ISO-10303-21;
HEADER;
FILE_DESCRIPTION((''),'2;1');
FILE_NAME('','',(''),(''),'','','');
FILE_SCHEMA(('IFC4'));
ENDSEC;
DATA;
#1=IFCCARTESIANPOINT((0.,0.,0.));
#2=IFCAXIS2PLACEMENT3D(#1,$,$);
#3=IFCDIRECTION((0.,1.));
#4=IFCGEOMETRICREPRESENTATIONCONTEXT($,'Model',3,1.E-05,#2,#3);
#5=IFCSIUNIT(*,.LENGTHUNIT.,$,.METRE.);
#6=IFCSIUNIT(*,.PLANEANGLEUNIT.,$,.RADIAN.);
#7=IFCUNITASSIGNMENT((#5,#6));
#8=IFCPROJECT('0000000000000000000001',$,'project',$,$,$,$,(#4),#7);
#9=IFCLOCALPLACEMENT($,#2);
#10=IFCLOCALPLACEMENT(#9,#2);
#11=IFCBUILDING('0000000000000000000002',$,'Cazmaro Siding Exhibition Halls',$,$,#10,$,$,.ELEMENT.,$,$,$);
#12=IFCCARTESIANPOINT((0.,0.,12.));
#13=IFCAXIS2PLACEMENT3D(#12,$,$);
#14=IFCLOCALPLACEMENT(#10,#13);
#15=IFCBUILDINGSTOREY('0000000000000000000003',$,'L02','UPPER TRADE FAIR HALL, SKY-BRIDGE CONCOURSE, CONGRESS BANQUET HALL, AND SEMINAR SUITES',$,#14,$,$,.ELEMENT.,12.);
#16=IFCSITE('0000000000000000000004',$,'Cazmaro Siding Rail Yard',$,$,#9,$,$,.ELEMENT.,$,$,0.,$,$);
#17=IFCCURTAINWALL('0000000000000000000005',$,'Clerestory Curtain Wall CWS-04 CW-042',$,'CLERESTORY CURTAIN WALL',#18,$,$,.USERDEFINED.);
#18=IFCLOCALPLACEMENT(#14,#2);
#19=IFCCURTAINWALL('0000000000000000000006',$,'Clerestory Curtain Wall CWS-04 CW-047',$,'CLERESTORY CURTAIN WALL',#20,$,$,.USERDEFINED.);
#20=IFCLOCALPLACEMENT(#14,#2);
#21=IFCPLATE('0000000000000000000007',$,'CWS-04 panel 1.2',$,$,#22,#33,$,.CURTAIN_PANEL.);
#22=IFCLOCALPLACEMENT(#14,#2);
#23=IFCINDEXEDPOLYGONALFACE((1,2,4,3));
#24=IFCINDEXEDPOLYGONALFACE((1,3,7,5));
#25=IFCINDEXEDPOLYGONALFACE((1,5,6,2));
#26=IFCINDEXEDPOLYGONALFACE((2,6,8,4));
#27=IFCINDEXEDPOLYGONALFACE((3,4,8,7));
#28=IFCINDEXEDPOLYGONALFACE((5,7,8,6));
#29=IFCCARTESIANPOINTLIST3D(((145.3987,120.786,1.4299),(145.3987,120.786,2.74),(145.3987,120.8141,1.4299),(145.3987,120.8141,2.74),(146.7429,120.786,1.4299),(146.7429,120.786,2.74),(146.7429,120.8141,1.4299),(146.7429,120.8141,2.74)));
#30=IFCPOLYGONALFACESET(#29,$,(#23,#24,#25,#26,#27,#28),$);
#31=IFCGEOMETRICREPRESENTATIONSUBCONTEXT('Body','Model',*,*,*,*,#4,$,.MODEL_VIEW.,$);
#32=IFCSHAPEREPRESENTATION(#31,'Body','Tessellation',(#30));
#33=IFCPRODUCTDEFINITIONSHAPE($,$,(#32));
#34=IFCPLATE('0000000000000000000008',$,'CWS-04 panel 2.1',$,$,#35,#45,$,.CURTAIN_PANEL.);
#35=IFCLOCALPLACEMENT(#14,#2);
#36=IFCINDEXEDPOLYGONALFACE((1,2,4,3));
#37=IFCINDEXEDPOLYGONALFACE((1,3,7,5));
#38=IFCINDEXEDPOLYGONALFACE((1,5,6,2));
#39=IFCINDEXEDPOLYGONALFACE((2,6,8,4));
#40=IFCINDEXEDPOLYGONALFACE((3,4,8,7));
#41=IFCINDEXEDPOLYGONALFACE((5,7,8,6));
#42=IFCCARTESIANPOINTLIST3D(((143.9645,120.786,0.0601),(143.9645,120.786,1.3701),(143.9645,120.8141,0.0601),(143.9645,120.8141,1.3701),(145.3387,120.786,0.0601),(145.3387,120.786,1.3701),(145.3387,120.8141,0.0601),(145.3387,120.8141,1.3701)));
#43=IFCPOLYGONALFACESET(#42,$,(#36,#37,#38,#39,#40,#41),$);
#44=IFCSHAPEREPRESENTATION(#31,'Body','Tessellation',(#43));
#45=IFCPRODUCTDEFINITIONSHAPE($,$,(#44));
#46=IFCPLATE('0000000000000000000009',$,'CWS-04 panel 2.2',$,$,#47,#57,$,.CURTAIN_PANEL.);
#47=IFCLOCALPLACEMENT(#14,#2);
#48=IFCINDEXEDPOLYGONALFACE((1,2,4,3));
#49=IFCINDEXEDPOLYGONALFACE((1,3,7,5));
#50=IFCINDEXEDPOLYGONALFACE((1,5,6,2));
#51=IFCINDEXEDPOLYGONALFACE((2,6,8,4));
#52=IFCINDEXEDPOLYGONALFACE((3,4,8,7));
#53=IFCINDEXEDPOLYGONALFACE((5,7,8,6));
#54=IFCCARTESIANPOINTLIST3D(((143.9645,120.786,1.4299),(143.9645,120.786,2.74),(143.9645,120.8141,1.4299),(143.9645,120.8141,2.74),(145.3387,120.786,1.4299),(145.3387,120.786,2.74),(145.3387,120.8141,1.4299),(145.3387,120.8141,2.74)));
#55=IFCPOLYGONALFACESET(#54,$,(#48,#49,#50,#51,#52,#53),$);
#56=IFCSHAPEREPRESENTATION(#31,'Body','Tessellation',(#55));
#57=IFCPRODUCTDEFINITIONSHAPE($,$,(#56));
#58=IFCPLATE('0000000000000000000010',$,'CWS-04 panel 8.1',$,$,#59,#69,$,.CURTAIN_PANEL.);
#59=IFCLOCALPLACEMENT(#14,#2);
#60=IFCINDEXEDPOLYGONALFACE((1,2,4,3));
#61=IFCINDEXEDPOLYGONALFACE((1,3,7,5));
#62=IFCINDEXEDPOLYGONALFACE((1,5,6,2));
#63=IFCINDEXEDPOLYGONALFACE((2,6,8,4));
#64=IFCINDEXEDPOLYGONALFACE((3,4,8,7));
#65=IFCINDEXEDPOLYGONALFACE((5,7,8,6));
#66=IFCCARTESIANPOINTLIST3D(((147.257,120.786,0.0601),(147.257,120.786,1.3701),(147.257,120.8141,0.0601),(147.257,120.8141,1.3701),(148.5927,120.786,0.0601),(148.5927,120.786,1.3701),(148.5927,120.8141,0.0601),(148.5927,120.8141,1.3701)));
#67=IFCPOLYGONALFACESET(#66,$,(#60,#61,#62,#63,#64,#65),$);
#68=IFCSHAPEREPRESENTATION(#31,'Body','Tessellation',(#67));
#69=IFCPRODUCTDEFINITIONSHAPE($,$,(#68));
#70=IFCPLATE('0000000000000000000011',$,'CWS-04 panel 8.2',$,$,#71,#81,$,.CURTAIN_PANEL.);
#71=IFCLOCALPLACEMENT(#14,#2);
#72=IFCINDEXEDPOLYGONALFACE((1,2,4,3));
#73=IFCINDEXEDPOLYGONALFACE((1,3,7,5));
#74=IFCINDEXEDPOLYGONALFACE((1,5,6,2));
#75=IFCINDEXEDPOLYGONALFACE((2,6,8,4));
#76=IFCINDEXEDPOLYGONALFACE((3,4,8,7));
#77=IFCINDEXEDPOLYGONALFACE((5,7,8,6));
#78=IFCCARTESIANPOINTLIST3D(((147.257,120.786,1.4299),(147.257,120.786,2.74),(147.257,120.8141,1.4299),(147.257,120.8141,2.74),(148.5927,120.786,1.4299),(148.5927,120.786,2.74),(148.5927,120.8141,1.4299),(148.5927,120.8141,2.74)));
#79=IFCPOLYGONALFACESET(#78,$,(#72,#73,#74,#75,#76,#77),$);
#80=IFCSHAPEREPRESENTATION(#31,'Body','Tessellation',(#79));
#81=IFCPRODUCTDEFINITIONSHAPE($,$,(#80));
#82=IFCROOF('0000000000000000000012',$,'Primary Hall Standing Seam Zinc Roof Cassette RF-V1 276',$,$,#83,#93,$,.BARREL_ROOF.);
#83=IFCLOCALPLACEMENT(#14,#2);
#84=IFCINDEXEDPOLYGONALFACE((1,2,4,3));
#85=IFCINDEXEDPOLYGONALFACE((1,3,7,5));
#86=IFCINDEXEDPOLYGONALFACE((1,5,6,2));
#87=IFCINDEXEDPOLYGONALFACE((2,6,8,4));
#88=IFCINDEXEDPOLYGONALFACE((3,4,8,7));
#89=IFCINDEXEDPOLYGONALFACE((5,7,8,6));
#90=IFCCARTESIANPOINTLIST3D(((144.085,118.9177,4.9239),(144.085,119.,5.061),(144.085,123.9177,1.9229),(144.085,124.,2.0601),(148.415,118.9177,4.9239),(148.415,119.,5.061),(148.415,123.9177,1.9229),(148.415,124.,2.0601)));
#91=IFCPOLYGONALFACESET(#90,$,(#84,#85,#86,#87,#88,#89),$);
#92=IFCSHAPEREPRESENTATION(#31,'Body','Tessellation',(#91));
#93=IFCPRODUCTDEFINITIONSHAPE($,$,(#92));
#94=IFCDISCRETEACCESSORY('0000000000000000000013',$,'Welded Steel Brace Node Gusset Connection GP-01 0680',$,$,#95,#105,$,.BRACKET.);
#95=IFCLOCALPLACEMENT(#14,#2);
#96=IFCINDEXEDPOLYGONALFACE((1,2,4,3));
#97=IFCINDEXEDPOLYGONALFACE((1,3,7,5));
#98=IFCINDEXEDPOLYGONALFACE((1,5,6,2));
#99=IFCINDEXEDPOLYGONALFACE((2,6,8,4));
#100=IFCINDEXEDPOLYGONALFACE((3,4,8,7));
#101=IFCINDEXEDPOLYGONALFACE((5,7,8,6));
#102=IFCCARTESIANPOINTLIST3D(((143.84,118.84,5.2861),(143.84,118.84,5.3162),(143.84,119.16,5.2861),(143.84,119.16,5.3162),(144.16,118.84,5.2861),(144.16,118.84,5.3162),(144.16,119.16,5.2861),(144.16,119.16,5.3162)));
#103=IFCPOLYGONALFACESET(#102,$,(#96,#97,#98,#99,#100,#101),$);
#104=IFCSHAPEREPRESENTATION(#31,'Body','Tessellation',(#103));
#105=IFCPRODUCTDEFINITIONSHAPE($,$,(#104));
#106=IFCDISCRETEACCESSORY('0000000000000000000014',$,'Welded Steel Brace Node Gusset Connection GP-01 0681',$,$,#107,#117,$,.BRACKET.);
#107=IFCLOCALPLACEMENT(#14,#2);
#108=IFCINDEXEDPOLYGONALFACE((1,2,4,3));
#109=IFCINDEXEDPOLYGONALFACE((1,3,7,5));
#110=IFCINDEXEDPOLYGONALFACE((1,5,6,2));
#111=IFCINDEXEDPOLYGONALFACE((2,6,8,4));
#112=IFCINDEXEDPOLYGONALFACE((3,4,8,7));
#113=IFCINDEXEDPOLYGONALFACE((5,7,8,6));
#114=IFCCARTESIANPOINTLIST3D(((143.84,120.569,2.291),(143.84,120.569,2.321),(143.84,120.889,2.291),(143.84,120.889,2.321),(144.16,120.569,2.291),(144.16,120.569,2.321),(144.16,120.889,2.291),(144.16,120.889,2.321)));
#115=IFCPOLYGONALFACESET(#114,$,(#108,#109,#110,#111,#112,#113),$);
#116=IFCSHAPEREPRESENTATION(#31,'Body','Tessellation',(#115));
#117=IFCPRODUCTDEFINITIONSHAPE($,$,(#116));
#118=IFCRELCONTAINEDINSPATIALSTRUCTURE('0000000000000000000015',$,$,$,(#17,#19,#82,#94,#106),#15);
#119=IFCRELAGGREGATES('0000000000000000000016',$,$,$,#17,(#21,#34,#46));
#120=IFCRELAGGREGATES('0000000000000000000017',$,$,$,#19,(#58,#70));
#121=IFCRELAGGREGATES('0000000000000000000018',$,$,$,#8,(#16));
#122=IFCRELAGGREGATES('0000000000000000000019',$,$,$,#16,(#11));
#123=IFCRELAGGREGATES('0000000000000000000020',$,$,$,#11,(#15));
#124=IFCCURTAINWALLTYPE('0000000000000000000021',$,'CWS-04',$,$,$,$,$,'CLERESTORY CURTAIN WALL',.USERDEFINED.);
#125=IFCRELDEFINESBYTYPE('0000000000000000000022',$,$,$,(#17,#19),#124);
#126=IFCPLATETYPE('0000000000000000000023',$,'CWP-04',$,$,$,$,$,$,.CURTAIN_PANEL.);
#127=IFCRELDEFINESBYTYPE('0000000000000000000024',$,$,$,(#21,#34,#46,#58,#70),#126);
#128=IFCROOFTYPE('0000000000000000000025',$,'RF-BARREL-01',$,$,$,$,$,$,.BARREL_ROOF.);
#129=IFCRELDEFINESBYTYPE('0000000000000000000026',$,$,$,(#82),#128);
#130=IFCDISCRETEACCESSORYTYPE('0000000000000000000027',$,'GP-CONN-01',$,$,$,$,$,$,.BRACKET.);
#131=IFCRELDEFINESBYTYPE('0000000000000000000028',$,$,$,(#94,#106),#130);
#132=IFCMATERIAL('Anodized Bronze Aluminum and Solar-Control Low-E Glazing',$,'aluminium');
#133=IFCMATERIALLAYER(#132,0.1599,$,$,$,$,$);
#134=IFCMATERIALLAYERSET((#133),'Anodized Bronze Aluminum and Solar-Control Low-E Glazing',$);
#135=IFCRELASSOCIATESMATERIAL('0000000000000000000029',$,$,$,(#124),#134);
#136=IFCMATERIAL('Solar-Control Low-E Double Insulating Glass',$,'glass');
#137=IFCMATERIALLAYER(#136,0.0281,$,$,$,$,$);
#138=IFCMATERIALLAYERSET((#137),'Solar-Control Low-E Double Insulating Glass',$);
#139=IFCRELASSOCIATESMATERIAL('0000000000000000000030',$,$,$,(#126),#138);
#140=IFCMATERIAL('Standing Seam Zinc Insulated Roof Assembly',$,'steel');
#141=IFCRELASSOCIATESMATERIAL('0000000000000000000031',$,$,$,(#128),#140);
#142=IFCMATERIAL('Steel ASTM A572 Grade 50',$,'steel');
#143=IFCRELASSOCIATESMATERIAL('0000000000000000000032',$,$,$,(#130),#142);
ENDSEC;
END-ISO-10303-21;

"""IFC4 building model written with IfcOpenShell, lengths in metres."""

from ifc_helpers import new_model, si_unit, direction, frame, origin, origin_2d, place, context, subcontext, project, spatial, polyline, rectangle, outline, extrude, material, layer, layer_set, type_object, element, aggregate, save


model = new_model("IFC4")

# Units and contexts
model_context = context("Model", 3, precision=1e-05, world=origin(), true_north=direction((0.0, 1.0)))
body_context = subcontext(model_context, "Body", "Model", "MODEL_VIEW")
ifc_project = project(units=[si_unit("LENGTHUNIT", "METRE"), si_unit("PLANEANGLEUNIT", "RADIAN")], contexts=[model_context])

# Site, building, storey
site_placement = place(None, origin())
site = spatial("IfcSite", under=ifc_project, at=site_placement, Name="Cazmaro Siding Rail Yard", CompositionType="ELEMENT", RefElevation=0.0)
building_placement = place(site_placement, origin())
building = spatial("IfcBuilding", under=site, at=building_placement, Name="Cazmaro Siding Exhibition Halls", CompositionType="ELEMENT")
storey_placement = place(building_placement, frame((0.0, 0.0, 12.0)))
storey = spatial("IfcBuildingStorey", under=building, at=storey_placement, Name="L02", Description="UPPER TRADE FAIR HALL, SKY-BRIDGE CONCOURSE, CONGRESS BANQUET HALL, AND SEMINAR SUITES", CompositionType="ELEMENT", Elevation=12.0)

# Curtain wall
ifc_material_1 = material(Name="Anodized Bronze Aluminum and Solar-Control Low-E Glazing", Category="aluminium")
ifc_layer_1 = layer(ifc_material_1, 0.1599)
ifc_layer_set_1 = layer_set([ifc_layer_1], Name="Anodized Bronze Aluminum and Solar-Control Low-E Glazing")
curtain_wall_type = type_object("IfcCurtainWallType", Name="CWS-04", ElementType="CLERESTORY CURTAIN WALL", PredefinedType="USERDEFINED", material=ifc_layer_set_1)
curtain_wall_1_placement = place(storey_placement, origin())
curtain_wall_1 = element("IfcCurtainWall", 1, at=curtain_wall_1_placement, inside=storey, type_object=curtain_wall_type, Name="Clerestory Curtain Wall CWS-04 CW-042", ObjectType="CLERESTORY CURTAIN WALL", PredefinedType="USERDEFINED")

# Curtain wall
curtain_wall_2_placement = place(storey_placement, origin())
curtain_wall_2 = element("IfcCurtainWall", 2, at=curtain_wall_2_placement, inside=storey, type_object=curtain_wall_type, Name="Clerestory Curtain Wall CWS-04 CW-047", ObjectType="CLERESTORY CURTAIN WALL", PredefinedType="USERDEFINED")

# Plates
ifc_material_2 = material(Name="Solar-Control Low-E Double Insulating Glass", Category="glass")
ifc_layer_2 = layer(ifc_material_2, 0.0281)
ifc_layer_set_2 = layer_set([ifc_layer_2], Name="Solar-Control Low-E Double Insulating Glass")
plate_type_1 = type_object("IfcPlateType", Name="CWP-04", PredefinedType="CURTAIN_PANEL", material=ifc_layer_set_2)
plate_1_placement = place(storey_placement, frame((146.0708, 120.8, 1.4299), z_axis=(0.0, 0.0, 1.0), x_axis=(-1.0, 0.0, 0.0)))
plate_1 = element("IfcPlate", 3, at=plate_1_placement, type_object=plate_type_1, Name="CWS-04 panel 1.2", PredefinedType="CURTAIN_PANEL", context=body_context, shape_type="SweptSolid", body=[
    extrude(rectangle(XDim=1.3442, YDim=0.0281, at=origin_2d()), origin(), (0.0, 0.0, 1.0), 1.3101),
])
plate_2_placement = place(storey_placement, frame((144.6516, 120.8, 0.0601), z_axis=(0.0, 0.0, 1.0), x_axis=(-1.0, 0.0, 0.0)))
plate_2 = element("IfcPlate", 4, at=plate_2_placement, type_object=plate_type_1, Name="CWS-04 panel 2.1", PredefinedType="CURTAIN_PANEL", context=body_context, shape_type="SweptSolid", body=[
    extrude(rectangle(XDim=1.3743, YDim=0.0281, at=origin_2d()), origin(), (0.0, 0.0, 1.0), 1.3101),
])
plate_3_placement = place(storey_placement, frame((144.6516, 120.8, 1.4299), z_axis=(0.0, 0.0, 1.0), x_axis=(-1.0, 0.0, 0.0)))
plate_3 = element("IfcPlate", 5, at=plate_3_placement, type_object=plate_type_1, Name="CWS-04 panel 2.2", PredefinedType="CURTAIN_PANEL", context=body_context, shape_type="SweptSolid", body=[
    extrude(rectangle(XDim=1.3743, YDim=0.0281, at=origin_2d()), origin(), (0.0, 0.0, 1.0), 1.3101),
])
aggregate(curtain_wall_1, [plate_1, plate_2, plate_3])
plate_4_placement = place(storey_placement, frame((147.9248, 120.8, 0.0601), z_axis=(0.0, 0.0, 1.0), x_axis=(-1.0, 0.0, 0.0)))
plate_4 = element("IfcPlate", 6, at=plate_4_placement, type_object=plate_type_1, Name="CWS-04 panel 8.1", PredefinedType="CURTAIN_PANEL", context=body_context, shape_type="SweptSolid", body=[
    extrude(rectangle(XDim=1.3357, YDim=0.0281, at=origin_2d()), origin(), (0.0, 0.0, 1.0), 1.3101),
])
plate_5_placement = place(storey_placement, frame((147.9248, 120.8, 1.4299), z_axis=(0.0, 0.0, 1.0), x_axis=(-1.0, 0.0, 0.0)))
plate_5 = element("IfcPlate", 7, at=plate_5_placement, type_object=plate_type_1, Name="CWS-04 panel 8.2", PredefinedType="CURTAIN_PANEL", context=body_context, shape_type="SweptSolid", body=[
    extrude(rectangle(XDim=1.3357, YDim=0.0281, at=origin_2d()), origin(), (0.0, 0.0, 1.0), 1.3101),
])
aggregate(curtain_wall_2, [plate_4, plate_5])

# Roof
ifc_material_3 = material(Name="Standing Seam Zinc Insulated Roof Assembly", Category="steel")
roof_type = type_object("IfcRoofType", Name="RF-BARREL-01", PredefinedType="BARREL_ROOF", material=ifc_material_3)
roof_placement = place(storey_placement, frame((144.085, 119.0, 5.061), z_axis=(0.0, 0.514619, 0.857419), x_axis=(1.0, 0.0, 0.0)))
element("IfcRoof", 8, at=roof_placement, inside=storey, type_object=roof_type, Name="Primary Hall Standing Seam Zinc Roof Cassette RF-V1 276", PredefinedType="BARREL_ROOF", context=body_context, shape_type="SweptSolid", body=[
    extrude(outline(polyline([(0.0, 0.0), (4.3301, 0.0), (4.3301, 5.8315), (0.0, 5.8315), (0.0, 0.0)])), origin(), (0.0, 0.0, -1.0), 0.1599),
])

# Discrete accessories
ifc_material_4 = material(Name="Steel ASTM A572 Grade 50", Category="steel")
discrete_accessory_type = type_object("IfcDiscreteAccessoryType", Name="GP-CONN-01", PredefinedType="BRACKET", material=ifc_material_4)
for number, where, z_axis, x_axis, name in (
    (9, (144.0, 119.0, 5.2861), (0.0, 0.0, 1.0), (1.0, 0.0, 0.0), "Welded Steel Brace Node Gusset Connection GP-01 0680"),
    (10, (144.0, 120.729, 2.291), (0.0, 0.0, 1.0), (1.0, 0.0, 0.0), "Welded Steel Brace Node Gusset Connection GP-01 0681"),
):
    element("IfcDiscreteAccessory", number, at=place(storey_placement, frame(where, z_axis=z_axis, x_axis=x_axis)), inside=storey, type_object=discrete_accessory_type, Name=name, PredefinedType="BRACKET", context=body_context, shape_type="SweptSolid", body=[
        extrude(rectangle(XDim=0.3201, YDim=0.3201, at=origin_2d()), origin(), (0.0, 0.0, 1.0), 0.03),
    ])

save(model, "model.ifc")
